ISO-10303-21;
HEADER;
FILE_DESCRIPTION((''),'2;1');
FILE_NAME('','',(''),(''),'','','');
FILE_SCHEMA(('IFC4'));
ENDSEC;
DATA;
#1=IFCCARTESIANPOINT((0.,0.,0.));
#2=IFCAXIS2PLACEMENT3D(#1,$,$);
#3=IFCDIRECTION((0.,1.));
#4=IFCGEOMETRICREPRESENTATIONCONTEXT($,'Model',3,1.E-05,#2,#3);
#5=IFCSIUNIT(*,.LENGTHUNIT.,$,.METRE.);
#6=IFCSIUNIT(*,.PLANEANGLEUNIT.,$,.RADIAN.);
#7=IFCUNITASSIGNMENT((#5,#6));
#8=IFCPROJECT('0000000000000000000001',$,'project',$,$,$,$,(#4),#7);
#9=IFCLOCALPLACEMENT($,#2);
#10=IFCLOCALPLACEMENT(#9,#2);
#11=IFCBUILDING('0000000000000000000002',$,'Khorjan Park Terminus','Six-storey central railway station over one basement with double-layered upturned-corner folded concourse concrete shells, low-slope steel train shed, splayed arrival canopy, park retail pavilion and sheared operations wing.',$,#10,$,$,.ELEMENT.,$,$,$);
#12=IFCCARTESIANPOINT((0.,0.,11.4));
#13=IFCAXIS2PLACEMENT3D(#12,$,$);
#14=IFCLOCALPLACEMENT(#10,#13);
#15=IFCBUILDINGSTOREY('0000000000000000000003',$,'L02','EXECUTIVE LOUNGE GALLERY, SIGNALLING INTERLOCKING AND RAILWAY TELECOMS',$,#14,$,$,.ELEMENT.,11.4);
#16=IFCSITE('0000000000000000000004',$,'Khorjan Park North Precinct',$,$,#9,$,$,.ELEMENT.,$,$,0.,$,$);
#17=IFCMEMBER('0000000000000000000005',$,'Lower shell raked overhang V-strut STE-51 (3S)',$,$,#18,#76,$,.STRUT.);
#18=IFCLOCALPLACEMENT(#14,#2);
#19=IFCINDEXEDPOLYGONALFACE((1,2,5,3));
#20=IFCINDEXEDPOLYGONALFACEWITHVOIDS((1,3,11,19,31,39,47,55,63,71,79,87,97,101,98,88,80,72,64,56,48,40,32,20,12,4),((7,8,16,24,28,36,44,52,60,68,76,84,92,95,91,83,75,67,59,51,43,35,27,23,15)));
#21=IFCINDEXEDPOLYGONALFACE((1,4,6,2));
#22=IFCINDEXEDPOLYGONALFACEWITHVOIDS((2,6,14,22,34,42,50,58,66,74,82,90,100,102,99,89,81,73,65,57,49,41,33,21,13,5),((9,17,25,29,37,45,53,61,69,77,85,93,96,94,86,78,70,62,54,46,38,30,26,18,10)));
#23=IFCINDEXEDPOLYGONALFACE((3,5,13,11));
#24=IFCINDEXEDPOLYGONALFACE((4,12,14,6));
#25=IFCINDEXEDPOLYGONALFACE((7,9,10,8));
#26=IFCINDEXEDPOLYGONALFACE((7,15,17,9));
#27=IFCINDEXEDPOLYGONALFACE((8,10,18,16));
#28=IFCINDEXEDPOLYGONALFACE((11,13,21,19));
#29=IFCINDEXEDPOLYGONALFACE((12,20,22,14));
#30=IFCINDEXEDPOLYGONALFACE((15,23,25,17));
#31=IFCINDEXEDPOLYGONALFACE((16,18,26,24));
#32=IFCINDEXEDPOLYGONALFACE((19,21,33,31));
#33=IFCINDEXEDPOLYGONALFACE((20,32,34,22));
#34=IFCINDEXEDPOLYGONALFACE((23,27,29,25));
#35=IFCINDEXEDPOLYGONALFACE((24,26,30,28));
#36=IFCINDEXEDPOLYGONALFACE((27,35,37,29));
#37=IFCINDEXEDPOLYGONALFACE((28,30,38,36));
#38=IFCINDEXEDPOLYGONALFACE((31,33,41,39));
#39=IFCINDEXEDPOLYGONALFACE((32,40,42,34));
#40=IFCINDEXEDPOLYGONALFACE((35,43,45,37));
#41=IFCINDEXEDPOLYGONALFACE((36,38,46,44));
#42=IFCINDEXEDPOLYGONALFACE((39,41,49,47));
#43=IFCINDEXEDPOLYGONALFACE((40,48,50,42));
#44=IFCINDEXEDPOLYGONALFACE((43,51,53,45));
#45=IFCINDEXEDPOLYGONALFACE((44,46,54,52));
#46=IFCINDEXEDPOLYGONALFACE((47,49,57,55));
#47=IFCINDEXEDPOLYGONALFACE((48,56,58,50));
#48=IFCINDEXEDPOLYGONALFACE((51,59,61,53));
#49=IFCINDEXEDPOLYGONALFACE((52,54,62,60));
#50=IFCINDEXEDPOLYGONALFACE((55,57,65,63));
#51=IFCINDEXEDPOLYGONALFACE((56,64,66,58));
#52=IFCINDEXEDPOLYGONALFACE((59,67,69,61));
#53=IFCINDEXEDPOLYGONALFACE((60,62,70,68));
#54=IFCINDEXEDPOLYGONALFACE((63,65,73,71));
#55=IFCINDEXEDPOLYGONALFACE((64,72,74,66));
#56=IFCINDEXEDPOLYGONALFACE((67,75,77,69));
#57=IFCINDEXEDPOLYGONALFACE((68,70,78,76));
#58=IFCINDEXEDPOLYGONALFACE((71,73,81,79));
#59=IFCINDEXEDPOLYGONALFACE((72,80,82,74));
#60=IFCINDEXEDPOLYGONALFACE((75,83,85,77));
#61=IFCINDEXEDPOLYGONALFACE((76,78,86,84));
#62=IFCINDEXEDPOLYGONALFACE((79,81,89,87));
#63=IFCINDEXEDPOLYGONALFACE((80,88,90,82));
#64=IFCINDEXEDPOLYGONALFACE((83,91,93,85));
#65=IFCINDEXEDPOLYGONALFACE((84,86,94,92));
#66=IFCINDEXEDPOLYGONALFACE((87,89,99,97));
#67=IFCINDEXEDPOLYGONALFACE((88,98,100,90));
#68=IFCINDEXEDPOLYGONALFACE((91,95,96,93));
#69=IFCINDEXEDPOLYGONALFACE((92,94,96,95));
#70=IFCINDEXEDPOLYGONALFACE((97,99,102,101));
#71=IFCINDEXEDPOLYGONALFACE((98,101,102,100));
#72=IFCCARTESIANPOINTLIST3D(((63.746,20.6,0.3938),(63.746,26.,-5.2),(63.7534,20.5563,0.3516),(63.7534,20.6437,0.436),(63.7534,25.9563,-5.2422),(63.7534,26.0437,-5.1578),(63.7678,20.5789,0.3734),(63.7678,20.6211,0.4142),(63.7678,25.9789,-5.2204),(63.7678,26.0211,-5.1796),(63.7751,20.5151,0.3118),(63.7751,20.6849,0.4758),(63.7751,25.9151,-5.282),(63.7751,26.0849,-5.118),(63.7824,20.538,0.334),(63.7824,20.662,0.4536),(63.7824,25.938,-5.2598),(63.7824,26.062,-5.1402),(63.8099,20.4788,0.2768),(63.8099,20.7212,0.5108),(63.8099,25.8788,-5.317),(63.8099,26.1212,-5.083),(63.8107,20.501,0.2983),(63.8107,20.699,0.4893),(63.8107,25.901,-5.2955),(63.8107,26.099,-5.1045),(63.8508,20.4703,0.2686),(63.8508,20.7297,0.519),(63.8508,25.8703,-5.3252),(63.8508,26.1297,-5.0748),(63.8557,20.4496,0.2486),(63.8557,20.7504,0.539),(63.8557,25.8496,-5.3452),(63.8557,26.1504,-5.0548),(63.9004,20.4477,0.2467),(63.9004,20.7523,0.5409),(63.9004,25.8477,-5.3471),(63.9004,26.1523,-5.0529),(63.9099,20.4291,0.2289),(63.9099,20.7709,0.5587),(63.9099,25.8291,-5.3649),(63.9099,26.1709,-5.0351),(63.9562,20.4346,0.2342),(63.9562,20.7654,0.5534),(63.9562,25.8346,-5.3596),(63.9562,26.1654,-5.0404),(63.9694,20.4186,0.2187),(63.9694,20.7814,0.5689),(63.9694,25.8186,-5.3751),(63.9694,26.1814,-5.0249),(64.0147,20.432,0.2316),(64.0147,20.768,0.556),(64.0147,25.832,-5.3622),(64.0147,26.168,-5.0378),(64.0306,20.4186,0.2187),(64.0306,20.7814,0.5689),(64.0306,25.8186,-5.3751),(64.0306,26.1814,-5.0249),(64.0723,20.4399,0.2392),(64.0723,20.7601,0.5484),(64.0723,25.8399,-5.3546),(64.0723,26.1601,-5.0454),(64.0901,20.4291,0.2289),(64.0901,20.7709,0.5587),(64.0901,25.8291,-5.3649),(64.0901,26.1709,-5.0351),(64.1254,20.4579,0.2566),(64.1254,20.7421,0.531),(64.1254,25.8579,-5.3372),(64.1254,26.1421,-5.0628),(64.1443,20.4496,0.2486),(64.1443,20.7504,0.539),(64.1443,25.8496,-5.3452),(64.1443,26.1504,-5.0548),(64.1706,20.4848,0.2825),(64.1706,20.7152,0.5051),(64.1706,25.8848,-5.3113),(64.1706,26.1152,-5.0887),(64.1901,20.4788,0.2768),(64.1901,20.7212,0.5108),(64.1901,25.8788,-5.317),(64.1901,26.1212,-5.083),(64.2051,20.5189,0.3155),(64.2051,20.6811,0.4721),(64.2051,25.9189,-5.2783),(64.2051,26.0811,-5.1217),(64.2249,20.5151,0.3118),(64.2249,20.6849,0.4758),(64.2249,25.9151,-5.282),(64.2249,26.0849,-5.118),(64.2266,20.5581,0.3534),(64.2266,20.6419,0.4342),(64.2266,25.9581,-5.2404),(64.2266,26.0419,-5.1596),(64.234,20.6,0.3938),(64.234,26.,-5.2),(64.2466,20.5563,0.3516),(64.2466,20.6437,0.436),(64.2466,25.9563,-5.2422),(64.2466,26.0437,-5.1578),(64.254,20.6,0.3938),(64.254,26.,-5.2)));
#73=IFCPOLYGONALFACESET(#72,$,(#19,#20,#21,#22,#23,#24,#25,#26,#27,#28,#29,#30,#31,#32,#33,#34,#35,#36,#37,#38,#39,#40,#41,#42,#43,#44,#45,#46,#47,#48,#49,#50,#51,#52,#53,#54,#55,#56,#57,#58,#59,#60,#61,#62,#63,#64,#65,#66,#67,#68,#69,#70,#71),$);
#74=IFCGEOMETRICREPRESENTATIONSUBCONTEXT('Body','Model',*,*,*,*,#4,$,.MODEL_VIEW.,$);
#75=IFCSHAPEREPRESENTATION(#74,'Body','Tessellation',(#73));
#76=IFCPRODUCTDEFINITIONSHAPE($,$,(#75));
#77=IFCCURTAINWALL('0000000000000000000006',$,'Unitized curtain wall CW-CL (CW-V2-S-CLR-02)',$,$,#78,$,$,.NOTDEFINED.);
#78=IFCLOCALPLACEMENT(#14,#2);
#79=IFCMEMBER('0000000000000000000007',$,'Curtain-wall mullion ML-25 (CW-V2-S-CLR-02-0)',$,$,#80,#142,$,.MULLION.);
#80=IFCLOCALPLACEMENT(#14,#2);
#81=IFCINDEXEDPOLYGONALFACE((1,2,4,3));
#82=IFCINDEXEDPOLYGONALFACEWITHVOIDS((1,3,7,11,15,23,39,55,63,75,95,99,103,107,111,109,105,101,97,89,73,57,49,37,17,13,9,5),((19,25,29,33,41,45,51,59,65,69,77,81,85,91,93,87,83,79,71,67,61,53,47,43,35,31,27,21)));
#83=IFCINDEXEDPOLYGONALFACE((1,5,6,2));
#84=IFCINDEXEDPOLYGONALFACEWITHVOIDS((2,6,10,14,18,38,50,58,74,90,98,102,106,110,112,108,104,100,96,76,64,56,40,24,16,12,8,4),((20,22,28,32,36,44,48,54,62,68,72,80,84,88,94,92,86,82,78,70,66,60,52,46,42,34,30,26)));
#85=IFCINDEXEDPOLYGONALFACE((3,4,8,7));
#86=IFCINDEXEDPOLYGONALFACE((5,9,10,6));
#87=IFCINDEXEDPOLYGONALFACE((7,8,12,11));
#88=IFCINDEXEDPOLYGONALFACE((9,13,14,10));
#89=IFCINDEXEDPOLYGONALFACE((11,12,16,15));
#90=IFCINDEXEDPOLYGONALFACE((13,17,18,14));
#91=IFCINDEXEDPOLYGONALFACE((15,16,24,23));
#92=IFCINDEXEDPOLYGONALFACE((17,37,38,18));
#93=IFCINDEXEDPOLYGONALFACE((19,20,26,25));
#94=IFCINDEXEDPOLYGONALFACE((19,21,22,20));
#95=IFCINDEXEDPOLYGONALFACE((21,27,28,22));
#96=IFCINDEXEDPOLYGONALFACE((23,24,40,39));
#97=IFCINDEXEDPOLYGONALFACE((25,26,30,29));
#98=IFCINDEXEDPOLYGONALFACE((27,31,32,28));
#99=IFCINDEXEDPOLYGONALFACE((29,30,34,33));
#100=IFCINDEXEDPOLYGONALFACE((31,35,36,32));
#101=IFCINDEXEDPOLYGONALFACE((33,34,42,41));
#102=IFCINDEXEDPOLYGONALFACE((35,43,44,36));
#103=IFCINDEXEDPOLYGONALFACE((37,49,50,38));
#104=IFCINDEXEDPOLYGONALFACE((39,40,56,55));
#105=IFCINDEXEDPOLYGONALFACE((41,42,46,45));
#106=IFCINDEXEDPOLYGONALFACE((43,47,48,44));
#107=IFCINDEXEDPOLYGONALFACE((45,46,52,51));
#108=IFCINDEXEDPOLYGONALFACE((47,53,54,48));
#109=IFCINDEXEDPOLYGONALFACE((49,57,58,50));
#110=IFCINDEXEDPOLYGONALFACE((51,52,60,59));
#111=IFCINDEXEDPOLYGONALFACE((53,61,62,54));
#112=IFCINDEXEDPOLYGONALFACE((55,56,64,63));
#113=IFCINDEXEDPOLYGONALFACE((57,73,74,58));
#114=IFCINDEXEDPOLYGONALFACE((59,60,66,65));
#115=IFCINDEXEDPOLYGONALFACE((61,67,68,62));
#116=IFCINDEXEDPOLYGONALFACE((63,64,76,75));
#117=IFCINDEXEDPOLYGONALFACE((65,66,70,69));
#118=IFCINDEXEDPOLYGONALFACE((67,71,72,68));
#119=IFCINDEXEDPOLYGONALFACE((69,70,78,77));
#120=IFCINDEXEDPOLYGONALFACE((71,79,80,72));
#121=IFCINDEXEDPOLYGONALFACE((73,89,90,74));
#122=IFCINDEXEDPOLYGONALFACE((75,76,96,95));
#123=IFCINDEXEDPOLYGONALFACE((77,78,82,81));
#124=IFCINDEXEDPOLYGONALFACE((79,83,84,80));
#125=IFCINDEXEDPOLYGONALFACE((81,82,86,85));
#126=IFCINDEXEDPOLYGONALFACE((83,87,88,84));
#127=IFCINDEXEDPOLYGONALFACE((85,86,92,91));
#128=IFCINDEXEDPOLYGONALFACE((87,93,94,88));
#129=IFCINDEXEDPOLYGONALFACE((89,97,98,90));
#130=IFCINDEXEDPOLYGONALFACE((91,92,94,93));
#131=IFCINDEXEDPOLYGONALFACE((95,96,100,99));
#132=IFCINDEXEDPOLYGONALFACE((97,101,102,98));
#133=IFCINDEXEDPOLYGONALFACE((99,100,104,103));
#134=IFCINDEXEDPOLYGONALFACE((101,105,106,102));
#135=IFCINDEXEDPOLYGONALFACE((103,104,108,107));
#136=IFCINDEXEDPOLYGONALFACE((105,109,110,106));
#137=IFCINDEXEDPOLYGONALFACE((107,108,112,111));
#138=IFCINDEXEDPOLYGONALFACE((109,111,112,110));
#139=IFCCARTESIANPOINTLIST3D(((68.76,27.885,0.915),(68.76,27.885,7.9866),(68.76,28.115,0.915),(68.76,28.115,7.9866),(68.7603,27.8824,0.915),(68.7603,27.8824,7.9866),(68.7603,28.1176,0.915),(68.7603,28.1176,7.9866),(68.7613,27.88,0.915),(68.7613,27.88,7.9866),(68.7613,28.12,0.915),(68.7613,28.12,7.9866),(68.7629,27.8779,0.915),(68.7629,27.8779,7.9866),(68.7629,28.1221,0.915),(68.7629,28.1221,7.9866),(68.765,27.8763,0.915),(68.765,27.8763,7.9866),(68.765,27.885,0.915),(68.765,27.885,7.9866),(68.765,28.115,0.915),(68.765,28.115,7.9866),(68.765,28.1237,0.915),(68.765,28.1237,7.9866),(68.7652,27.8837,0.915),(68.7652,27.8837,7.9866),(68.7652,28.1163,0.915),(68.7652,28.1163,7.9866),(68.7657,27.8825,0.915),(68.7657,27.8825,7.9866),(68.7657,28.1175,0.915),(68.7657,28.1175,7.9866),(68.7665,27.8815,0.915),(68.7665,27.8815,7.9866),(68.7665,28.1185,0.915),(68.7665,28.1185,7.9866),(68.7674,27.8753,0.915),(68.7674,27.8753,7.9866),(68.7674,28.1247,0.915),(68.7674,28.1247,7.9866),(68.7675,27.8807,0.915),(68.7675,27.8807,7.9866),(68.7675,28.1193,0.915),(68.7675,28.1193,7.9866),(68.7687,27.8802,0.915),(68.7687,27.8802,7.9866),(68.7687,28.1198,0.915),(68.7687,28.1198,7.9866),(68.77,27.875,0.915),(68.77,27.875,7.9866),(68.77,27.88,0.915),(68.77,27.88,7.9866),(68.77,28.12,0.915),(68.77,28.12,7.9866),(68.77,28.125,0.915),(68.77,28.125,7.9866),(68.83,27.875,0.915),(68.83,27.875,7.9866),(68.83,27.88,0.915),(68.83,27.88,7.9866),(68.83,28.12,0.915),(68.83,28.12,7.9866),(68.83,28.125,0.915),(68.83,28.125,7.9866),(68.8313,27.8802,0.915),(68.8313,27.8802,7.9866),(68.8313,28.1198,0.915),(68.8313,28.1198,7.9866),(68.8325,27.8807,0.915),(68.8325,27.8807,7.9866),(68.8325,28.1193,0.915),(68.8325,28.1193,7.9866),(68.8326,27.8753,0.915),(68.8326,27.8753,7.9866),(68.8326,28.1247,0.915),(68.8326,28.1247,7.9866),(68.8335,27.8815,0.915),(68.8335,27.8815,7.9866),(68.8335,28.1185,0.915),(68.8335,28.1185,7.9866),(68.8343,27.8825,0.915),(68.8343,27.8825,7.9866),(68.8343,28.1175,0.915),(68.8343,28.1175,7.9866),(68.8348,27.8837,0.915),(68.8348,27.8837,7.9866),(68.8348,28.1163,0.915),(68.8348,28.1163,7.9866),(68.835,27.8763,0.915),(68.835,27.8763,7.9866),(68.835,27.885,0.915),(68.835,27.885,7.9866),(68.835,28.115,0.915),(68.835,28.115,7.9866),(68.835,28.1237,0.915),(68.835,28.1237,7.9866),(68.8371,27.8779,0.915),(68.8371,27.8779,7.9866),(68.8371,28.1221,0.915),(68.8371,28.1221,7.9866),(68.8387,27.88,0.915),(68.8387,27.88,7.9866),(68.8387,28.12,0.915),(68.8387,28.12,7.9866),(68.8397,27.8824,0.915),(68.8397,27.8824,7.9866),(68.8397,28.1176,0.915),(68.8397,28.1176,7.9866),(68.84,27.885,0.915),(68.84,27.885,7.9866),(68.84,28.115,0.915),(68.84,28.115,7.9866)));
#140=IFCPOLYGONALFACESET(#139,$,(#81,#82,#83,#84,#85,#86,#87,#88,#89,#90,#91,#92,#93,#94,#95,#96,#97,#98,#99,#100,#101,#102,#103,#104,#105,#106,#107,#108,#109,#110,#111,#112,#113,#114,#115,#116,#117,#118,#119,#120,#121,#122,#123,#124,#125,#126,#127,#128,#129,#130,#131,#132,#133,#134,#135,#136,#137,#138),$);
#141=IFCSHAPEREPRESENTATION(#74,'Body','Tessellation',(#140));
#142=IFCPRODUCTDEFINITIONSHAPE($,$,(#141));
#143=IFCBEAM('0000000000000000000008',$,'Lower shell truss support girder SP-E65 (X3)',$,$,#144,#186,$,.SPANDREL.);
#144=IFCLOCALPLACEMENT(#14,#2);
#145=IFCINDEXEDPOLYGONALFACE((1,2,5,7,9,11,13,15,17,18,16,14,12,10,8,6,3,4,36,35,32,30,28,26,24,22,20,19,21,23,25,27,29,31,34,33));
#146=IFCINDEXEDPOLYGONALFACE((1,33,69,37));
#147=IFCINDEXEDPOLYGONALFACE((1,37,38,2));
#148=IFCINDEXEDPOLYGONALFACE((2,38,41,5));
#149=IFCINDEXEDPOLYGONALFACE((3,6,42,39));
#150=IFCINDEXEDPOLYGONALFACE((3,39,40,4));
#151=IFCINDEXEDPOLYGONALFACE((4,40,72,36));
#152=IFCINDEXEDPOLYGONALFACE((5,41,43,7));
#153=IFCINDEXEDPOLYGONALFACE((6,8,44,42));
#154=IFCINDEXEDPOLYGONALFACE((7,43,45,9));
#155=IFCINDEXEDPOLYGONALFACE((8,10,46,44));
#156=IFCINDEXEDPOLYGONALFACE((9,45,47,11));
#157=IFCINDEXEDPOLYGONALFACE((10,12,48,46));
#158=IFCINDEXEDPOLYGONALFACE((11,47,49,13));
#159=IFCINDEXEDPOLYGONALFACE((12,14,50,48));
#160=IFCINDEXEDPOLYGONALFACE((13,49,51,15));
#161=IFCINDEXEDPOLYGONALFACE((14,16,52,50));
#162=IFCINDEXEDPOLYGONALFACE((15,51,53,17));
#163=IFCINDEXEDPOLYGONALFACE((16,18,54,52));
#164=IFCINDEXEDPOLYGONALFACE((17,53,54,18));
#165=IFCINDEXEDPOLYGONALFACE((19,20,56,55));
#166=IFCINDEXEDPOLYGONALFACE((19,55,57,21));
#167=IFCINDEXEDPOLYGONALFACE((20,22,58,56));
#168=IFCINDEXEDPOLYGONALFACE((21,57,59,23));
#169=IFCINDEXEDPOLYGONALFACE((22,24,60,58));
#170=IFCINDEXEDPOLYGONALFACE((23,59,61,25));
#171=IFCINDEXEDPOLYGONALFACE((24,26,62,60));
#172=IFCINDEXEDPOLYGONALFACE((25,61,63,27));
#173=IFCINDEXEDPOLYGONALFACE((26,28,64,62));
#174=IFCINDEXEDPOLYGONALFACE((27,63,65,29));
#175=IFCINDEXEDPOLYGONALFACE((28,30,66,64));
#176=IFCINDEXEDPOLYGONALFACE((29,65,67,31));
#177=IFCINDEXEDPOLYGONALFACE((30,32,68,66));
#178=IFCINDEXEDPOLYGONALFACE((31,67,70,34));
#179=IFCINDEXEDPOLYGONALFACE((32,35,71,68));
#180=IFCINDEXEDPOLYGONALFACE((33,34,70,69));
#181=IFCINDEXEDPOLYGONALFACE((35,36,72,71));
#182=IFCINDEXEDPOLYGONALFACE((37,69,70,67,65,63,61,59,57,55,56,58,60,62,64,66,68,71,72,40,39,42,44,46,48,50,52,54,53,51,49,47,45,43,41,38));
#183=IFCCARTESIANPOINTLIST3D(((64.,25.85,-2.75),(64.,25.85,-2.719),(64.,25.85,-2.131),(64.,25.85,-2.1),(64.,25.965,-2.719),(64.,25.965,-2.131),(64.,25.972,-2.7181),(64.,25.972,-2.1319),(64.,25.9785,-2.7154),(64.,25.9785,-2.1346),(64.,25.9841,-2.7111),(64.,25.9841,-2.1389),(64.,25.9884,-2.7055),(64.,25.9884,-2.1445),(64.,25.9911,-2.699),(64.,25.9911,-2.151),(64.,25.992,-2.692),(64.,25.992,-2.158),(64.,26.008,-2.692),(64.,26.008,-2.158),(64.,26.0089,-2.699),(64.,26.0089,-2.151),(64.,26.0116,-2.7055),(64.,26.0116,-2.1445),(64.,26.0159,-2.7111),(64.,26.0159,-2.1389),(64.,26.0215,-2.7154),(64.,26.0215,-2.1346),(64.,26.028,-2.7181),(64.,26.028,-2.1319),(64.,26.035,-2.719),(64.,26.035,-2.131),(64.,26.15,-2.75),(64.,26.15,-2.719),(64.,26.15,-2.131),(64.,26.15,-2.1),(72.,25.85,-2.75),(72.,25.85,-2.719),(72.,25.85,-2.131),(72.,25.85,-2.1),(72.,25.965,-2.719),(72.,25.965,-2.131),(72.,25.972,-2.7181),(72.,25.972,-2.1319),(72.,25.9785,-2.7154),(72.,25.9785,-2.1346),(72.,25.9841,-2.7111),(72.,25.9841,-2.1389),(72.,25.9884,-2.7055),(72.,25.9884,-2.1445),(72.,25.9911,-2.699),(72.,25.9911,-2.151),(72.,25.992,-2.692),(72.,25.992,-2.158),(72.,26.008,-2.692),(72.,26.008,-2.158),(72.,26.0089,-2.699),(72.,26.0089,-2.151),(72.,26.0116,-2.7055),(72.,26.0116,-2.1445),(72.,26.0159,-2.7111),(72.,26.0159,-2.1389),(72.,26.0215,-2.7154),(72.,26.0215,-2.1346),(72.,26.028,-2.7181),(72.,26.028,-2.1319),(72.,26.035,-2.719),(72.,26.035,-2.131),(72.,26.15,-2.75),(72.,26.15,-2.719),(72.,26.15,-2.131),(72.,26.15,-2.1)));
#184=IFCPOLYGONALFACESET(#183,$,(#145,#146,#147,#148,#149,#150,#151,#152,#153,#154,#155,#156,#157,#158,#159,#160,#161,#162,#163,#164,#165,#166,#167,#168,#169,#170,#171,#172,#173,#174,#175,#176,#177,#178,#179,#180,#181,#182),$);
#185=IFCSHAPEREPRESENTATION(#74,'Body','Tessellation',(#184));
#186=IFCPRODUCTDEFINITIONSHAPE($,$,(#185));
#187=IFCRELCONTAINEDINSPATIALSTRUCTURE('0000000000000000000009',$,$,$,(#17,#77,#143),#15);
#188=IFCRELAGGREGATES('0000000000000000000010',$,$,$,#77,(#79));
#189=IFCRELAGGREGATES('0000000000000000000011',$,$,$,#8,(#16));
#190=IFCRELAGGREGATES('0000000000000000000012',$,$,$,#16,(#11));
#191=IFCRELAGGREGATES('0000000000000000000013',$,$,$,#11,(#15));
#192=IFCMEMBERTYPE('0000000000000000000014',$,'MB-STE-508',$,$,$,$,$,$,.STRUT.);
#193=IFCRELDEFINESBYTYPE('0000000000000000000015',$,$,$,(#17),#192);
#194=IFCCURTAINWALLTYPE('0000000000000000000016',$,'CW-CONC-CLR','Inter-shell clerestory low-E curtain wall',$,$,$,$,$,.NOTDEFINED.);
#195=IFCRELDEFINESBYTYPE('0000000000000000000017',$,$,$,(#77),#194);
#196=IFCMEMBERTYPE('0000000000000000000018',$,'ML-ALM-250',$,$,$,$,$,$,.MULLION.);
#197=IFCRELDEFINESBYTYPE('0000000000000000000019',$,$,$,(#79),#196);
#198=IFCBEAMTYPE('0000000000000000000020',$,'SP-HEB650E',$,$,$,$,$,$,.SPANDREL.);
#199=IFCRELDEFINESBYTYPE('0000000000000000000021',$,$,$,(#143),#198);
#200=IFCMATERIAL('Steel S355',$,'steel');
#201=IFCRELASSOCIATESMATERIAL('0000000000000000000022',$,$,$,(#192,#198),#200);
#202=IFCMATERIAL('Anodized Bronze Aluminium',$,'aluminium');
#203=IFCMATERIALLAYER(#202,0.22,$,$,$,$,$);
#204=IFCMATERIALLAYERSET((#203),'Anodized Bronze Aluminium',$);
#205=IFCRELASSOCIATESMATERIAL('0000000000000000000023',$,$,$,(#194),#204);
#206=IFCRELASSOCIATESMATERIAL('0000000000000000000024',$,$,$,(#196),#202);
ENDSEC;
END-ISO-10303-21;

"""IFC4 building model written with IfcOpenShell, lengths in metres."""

from ifc_helpers import new_model, si_unit, direction, frame, origin, origin_2d, place, context, subcontext, project, spatial, hollow_rectangle, hollow_circle, i_section, extrude, material, layer, layer_set, material_profile, profile_set, type_object, element, aggregate, save


model = new_model("IFC4")

# Units and contexts
model_context = context("Model", 3, precision=1e-05, world=origin(), true_north=direction((0.0, 1.0)))
body_context = subcontext(model_context, "Body", "Model", "MODEL_VIEW")
ifc_project = project(units=[si_unit("LENGTHUNIT", "METRE"), si_unit("PLANEANGLEUNIT", "RADIAN")], contexts=[model_context])

# Site, building, storey
site_placement = place(None, origin())
site = spatial("IfcSite", under=ifc_project, at=site_placement, Name="Khorjan Park North Precinct", CompositionType="ELEMENT", RefElevation=0.0)
building_placement = place(site_placement, origin())
building = spatial("IfcBuilding", under=site, at=building_placement, Name="Khorjan Park Terminus", Description="Six-storey central railway station over one basement with double-layered upturned-corner folded concourse concrete shells, low-slope steel train shed, splayed arrival canopy, park retail pavilion and sheared operations wing.", CompositionType="ELEMENT")
storey_placement = place(building_placement, frame((0.0, 0.0, 11.4)))
storey = spatial("IfcBuildingStorey", under=building, at=storey_placement, Name="L02", Description="EXECUTIVE LOUNGE GALLERY, SIGNALLING INTERLOCKING AND RAILWAY TELECOMS", CompositionType="ELEMENT", Elevation=11.4)

# Member
ifc_material_1 = material(Name="Steel S355", Category="steel")
ifc_material_profile_1 = material_profile(ifc_material_1, hollow_circle(Radius=0.254, WallThickness=0.02, at=origin_2d()), Name="CHS 508x20")
ifc_profile_set_1 = profile_set([ifc_material_profile_1], Name="Steel S355")
member_type_1 = type_object("IfcMemberType", Name="MB-STE-508", PredefinedType="STRUT", material=ifc_profile_set_1)
member_1_placement = place(storey_placement, frame((64.0, 26.0, -5.2), z_axis=(0.0, -0.694534, 0.71946), x_axis=(1.0, 0.0, 0.0)))
element("IfcMember", 1, at=member_1_placement, inside=storey, type_object=member_type_1, Name="Lower shell raked overhang V-strut STE-51 (3S)", PredefinedType="STRUT", context=body_context, shape_type="SweptSolid", body=[
    extrude(hollow_circle(Radius=0.254, WallThickness=0.02, at=origin_2d()), origin(), (0.0, 0.0, 1.0), 7.775),
])

# Curtain wall, member
ifc_material_2 = material(Name="Anodized Bronze Aluminium", Category="aluminium")
ifc_layer_1 = layer(ifc_material_2, 0.22)
ifc_layer_set_1 = layer_set([ifc_layer_1], Name="Anodized Bronze Aluminium")
curtain_wall_type = type_object("IfcCurtainWallType", Name="CW-CONC-CLR", Description="Inter-shell clerestory low-E curtain wall", PredefinedType="NOTDEFINED", material=ifc_layer_set_1)
curtain_wall_placement = place(storey_placement, origin())
curtain_wall = element("IfcCurtainWall", 2, at=curtain_wall_placement, inside=storey, type_object=curtain_wall_type, Name="Unitized curtain wall CW-CL (CW-V2-S-CLR-02)", PredefinedType="NOTDEFINED")
ifc_material_profile_2 = material_profile(ifc_material_2, hollow_rectangle(XDim=0.08, YDim=0.25, WallThickness=0.005, InnerFilletRadius=0.005, OuterFilletRadius=0.01, at=origin_2d()), Name="ALM 80x250x5")
ifc_profile_set_2 = profile_set([ifc_material_profile_2], Name="Anodized Bronze Aluminium")
member_type_2 = type_object("IfcMemberType", Name="ML-ALM-250", PredefinedType="MULLION", material=ifc_profile_set_2)
member_2_placement = place(storey_placement, frame((68.8, 28.0, 0.915), z_axis=(0.0, 0.0, 1.0), x_axis=(1.0, 0.0, 0.0)))
member_2 = element("IfcMember", 3, at=member_2_placement, type_object=member_type_2, Name="Curtain-wall mullion ML-25 (CW-V2-S-CLR-02-0)", PredefinedType="MULLION", context=body_context, shape_type="SweptSolid", body=[
    extrude(hollow_rectangle(XDim=0.08, YDim=0.25, WallThickness=0.005, InnerFilletRadius=0.005, OuterFilletRadius=0.01, at=origin_2d()), origin(), (0.0, 0.0, 1.0), 7.0716),
])
aggregate(curtain_wall, [member_2])

# Beam
ifc_material_profile_3 = material_profile(ifc_material_1, i_section(OverallWidth=0.3, OverallDepth=0.65, WebThickness=0.016, FlangeThickness=0.031, FilletRadius=0.027, at=origin_2d()), Name="HEB 650")
ifc_profile_set_3 = profile_set([ifc_material_profile_3], Name="Steel S355")
beam_type_1 = type_object("IfcBeamType", Name="SP-HEB650E", PredefinedType="SPANDREL", material=ifc_profile_set_3)
beam_1_placement = place(storey_placement, frame((64.0, 26.0, -2.425), z_axis=(1.0, 0.0, 0.0), x_axis=(0.0, 1.0, 0.0)))
element("IfcBeam", 4, at=beam_1_placement, inside=storey, type_object=beam_type_1, Name="Lower shell truss support girder SP-E65 (X3)", PredefinedType="SPANDREL", context=body_context, shape_type="SweptSolid", body=[
    extrude(i_section(OverallWidth=0.3, OverallDepth=0.65, WebThickness=0.016, FlangeThickness=0.031, FilletRadius=0.027, at=origin_2d()), origin(), (0.0, 0.0, 1.0), 8.0),
])

save(model, "model.ifc")
